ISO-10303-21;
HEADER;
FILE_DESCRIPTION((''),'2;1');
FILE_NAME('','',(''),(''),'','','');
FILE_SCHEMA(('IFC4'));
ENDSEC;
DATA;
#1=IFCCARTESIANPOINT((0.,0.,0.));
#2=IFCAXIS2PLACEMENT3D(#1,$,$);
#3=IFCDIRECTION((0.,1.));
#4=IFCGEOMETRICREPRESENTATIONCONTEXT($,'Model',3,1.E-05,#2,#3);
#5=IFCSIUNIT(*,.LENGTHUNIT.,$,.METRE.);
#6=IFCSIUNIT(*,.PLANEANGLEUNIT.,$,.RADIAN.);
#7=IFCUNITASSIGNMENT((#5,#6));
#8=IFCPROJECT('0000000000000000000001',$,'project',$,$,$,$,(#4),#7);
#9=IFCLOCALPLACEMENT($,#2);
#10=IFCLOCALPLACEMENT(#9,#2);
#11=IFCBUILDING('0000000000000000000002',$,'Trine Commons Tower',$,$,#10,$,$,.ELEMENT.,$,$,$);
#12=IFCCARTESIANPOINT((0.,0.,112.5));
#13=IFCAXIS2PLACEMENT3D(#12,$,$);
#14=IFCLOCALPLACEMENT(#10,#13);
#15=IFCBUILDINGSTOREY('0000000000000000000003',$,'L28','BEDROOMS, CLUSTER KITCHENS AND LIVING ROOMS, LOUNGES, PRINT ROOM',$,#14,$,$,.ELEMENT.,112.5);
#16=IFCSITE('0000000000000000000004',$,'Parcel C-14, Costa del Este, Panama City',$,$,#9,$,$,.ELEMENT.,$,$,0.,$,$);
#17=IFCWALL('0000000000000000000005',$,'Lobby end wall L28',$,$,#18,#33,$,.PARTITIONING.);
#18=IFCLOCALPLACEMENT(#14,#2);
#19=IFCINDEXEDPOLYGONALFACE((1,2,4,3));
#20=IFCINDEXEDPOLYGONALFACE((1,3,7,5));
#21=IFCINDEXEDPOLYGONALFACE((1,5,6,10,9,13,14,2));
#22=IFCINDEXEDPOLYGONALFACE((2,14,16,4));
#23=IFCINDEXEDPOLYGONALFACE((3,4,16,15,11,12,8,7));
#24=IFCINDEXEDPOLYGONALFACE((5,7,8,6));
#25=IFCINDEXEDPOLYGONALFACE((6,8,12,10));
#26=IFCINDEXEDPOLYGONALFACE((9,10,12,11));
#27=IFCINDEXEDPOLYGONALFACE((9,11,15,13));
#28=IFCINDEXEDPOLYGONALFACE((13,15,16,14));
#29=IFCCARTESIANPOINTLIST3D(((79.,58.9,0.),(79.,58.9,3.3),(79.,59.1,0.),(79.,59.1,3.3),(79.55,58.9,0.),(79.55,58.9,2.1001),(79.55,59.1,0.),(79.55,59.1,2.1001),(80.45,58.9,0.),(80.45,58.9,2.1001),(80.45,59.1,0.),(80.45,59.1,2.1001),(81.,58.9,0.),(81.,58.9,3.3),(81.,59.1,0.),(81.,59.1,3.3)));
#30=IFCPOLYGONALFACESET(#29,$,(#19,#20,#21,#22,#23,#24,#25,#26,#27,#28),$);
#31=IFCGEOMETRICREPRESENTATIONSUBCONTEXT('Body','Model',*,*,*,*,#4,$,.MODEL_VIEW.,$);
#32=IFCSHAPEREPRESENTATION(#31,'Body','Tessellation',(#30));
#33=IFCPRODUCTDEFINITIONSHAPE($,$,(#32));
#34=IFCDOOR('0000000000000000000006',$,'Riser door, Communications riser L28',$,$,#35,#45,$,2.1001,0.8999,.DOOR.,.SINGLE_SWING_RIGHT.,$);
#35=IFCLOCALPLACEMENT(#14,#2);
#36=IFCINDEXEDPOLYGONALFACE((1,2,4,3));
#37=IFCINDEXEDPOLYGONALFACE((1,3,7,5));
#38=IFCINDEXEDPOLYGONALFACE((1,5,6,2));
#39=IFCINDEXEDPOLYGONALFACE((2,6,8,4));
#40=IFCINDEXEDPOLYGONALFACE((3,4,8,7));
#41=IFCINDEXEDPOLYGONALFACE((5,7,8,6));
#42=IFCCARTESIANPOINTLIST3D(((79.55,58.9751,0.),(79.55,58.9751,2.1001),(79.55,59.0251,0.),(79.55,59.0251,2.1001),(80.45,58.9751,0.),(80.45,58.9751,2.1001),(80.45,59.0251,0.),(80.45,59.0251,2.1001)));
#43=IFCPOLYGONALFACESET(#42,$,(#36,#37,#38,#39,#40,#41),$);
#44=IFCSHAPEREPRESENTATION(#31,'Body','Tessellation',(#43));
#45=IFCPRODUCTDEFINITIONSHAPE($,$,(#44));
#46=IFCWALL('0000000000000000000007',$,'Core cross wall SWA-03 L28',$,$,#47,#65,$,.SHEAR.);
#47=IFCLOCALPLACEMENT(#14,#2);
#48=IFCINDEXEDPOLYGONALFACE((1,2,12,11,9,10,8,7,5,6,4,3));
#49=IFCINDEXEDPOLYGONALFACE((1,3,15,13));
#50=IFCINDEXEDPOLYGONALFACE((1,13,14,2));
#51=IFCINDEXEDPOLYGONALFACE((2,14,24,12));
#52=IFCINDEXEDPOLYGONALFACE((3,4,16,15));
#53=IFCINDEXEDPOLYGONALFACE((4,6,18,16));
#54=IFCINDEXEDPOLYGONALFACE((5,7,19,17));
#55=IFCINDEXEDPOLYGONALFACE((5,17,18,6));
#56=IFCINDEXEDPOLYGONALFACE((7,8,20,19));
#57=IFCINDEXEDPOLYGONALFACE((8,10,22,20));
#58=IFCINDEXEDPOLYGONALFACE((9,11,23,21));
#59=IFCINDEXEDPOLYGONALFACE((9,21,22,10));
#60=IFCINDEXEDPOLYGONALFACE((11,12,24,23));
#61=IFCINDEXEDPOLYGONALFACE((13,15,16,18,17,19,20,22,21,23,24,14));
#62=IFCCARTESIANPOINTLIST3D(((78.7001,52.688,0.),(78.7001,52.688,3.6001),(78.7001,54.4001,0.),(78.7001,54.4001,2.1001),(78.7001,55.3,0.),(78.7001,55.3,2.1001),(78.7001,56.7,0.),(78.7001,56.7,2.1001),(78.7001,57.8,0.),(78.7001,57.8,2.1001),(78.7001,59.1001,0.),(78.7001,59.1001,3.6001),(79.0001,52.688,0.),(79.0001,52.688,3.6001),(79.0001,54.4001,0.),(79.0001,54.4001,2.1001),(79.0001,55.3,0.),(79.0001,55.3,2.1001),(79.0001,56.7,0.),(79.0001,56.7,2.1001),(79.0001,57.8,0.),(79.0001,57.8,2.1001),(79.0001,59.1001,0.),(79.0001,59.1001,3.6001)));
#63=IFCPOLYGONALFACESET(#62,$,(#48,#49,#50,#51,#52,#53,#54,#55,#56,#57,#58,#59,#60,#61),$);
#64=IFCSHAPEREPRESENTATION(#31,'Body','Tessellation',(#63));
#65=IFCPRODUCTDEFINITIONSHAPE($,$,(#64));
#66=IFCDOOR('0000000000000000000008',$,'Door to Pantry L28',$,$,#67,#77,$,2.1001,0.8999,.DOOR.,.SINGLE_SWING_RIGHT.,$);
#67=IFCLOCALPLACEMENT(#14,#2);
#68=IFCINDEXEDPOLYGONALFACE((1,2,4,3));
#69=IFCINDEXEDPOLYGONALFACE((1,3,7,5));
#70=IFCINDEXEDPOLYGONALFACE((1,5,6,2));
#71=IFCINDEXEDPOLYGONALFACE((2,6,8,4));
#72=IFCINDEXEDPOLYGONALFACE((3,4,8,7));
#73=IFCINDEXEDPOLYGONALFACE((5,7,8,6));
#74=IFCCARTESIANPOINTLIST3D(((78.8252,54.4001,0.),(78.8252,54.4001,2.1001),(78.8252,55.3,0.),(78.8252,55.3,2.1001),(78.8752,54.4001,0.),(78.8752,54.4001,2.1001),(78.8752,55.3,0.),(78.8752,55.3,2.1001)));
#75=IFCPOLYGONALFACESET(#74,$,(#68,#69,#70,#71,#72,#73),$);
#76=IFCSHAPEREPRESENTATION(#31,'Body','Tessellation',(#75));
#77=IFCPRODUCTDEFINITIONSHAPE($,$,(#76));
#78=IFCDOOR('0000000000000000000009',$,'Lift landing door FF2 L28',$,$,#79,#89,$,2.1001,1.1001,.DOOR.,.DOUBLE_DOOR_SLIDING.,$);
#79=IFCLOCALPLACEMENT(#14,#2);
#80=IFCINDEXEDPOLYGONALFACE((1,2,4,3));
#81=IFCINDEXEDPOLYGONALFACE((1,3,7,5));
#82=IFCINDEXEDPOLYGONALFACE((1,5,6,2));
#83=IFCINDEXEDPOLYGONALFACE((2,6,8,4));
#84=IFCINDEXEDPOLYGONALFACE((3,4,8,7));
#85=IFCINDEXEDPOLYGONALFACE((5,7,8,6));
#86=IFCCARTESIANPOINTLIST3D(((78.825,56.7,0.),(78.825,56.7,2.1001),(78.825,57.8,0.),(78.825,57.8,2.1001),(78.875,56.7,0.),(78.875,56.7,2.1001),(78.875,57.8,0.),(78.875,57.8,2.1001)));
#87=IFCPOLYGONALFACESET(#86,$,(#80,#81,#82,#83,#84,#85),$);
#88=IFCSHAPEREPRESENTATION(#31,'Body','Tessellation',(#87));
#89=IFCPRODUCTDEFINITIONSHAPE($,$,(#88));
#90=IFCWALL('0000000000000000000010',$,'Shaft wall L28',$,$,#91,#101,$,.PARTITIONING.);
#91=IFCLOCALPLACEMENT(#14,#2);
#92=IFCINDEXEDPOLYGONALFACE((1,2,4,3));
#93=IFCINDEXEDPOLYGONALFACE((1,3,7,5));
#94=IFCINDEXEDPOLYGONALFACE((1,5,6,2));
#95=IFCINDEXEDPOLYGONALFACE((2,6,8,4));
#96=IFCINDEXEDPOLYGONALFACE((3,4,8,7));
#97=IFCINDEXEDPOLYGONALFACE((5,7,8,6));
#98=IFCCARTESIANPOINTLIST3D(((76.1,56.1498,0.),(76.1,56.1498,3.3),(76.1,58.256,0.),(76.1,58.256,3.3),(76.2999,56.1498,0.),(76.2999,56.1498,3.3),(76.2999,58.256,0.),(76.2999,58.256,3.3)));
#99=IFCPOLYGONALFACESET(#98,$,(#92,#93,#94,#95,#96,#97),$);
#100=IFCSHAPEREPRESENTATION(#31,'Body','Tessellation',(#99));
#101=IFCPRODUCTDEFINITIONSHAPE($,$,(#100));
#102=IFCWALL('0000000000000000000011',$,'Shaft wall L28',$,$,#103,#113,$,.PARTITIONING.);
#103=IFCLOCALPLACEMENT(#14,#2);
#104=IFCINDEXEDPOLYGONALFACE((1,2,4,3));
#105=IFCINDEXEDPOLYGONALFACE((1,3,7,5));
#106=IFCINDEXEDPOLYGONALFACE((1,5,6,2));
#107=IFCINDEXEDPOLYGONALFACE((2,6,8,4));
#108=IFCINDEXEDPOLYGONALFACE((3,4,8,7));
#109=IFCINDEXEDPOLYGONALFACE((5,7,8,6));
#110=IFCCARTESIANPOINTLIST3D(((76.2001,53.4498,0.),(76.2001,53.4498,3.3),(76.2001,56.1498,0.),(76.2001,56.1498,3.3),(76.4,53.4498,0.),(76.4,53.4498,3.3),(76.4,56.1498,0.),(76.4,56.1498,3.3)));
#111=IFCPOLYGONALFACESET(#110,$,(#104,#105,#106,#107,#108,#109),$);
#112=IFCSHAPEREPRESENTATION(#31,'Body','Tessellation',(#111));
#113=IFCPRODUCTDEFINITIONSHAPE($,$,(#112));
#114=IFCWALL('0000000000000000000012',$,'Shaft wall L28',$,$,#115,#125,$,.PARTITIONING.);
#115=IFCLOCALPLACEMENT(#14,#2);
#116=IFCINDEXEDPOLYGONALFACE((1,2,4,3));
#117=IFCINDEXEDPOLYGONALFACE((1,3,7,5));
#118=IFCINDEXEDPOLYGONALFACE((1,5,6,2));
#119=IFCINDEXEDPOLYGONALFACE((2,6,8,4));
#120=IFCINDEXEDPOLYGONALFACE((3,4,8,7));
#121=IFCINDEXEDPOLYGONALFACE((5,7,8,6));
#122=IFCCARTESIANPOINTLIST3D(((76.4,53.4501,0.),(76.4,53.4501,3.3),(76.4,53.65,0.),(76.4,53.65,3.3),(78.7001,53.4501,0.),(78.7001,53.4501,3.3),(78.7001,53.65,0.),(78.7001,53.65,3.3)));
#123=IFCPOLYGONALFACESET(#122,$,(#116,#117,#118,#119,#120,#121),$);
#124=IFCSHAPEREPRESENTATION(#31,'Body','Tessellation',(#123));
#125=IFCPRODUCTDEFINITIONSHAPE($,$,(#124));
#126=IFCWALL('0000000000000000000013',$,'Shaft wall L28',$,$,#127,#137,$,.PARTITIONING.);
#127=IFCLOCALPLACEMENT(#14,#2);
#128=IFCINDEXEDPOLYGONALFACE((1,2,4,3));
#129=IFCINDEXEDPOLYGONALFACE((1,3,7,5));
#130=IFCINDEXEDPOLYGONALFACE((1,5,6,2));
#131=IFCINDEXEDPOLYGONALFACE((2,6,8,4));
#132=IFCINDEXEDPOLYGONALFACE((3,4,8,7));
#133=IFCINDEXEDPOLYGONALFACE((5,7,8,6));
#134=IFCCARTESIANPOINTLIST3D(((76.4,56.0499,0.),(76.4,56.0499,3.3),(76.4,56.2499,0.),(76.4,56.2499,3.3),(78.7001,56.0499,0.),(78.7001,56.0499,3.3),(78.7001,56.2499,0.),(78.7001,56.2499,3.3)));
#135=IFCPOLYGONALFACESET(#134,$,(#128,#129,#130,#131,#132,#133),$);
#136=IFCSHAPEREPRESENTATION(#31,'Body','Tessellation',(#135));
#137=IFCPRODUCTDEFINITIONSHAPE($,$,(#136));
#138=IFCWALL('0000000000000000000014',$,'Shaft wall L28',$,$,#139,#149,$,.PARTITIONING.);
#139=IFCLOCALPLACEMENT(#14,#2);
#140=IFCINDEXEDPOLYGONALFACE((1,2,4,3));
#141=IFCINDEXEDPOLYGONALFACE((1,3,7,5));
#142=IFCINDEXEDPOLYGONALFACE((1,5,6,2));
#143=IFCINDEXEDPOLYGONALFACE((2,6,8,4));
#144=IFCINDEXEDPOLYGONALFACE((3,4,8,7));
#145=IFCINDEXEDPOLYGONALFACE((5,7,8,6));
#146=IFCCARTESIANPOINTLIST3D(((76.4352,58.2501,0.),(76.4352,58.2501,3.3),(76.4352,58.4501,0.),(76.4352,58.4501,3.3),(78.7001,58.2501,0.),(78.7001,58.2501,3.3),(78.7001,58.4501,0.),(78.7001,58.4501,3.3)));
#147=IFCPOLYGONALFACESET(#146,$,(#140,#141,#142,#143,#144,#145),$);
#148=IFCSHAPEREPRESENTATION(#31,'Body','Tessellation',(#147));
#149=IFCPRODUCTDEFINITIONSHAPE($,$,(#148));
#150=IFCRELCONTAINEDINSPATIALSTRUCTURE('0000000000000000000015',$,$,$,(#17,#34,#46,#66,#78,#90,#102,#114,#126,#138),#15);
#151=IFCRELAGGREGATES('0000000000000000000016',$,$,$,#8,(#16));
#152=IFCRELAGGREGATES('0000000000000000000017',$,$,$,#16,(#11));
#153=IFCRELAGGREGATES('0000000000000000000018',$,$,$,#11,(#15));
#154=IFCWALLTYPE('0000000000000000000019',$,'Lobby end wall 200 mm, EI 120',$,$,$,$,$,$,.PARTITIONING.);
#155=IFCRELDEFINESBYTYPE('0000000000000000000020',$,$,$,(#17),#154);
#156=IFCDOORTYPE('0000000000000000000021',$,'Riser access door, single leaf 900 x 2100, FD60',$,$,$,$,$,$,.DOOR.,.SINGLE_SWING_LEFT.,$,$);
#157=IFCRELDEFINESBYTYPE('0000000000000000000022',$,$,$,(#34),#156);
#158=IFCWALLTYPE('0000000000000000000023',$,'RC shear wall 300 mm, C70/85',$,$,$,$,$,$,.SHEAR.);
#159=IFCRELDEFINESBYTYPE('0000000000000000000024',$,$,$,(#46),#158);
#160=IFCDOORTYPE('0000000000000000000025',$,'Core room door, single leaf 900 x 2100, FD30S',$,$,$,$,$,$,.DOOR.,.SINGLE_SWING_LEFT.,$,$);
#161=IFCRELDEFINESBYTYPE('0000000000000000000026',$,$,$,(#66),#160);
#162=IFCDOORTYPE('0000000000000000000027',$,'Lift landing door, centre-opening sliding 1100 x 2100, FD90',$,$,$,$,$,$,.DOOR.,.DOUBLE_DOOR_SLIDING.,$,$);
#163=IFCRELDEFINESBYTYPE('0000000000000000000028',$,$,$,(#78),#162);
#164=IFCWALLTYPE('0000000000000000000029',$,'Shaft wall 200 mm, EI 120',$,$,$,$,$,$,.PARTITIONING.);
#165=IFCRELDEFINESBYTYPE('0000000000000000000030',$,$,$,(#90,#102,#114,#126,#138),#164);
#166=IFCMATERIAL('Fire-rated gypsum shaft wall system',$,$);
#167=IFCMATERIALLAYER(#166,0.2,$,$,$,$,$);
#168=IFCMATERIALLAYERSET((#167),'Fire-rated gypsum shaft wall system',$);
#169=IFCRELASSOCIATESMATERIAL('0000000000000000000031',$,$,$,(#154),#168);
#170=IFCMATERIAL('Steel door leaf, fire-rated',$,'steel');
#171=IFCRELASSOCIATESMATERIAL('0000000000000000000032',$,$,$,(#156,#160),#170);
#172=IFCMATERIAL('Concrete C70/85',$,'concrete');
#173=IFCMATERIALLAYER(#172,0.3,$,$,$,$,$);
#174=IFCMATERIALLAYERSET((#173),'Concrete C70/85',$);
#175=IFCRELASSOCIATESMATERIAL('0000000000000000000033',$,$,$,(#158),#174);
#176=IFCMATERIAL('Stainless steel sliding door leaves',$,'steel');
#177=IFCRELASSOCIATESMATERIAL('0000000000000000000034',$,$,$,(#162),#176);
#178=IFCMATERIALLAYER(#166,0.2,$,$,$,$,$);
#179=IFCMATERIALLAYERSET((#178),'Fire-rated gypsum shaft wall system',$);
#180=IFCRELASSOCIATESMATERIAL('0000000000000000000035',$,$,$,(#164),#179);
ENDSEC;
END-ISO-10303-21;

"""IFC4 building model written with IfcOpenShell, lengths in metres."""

from ifc_helpers import new_model, si_unit, direction, frame, frame_2d, origin, place, context, subcontext, project, spatial, rectangle, extrude, material, layer, layer_set, type_object, element, fill, save


model = new_model("IFC4")

# Units and contexts
model_context = context("Model", 3, precision=1e-05, world=origin(), true_north=direction((0.0, 1.0)))
body_context = subcontext(model_context, "Body", "Model", "MODEL_VIEW")
ifc_project = project(units=[si_unit("LENGTHUNIT", "METRE"), si_unit("PLANEANGLEUNIT", "RADIAN")], contexts=[model_context])

# Site, building, storey
site_placement = place(None, origin())
site = spatial("IfcSite", under=ifc_project, at=site_placement, Name="Parcel C-14, Costa del Este, Panama City", CompositionType="ELEMENT", RefElevation=0.0)
building_placement = place(site_placement, origin())
building = spatial("IfcBuilding", under=site, at=building_placement, Name="Trine Commons Tower", CompositionType="ELEMENT")
storey_placement = place(building_placement, frame((0.0, 0.0, 112.5)))
storey = spatial("IfcBuildingStorey", under=building, at=storey_placement, Name="L28", Description="BEDROOMS, CLUSTER KITCHENS AND LIVING ROOMS, LOUNGES, PRINT ROOM", CompositionType="ELEMENT", Elevation=112.5)

# Wall, opening, door
ifc_material_1 = material(Name="Fire-rated gypsum shaft wall system")
ifc_layer_1 = layer(ifc_material_1, 0.2)
ifc_layer_set_1 = layer_set([ifc_layer_1], Name="Fire-rated gypsum shaft wall system")
wall_type_1 = type_object("IfcWallType", Name="Lobby end wall 200 mm, EI 120", PredefinedType="PARTITIONING", material=ifc_layer_set_1)
wall_1_placement = place(storey_placement, frame((79.0, 59.0, 0.0), z_axis=(0.0, 0.0, 1.0), x_axis=(1.0, 0.0, 0.0)))
wall_1 = element("IfcWall", 1, at=wall_1_placement, inside=storey, type_object=wall_type_1, Name="Lobby end wall L28", PredefinedType="PARTITIONING", context=body_context, shape_type="SweptSolid", body=[
    extrude(rectangle(XDim=2.0, YDim=0.2, at=frame_2d((1.0, 0.0))), origin(), (0.0, 0.0, 1.0), 3.3),
])
opening_1_placement = place(wall_1_placement, frame((0.55, 0.0, 0.0)))
opening_1 = element("IfcOpeningElement", 2, at=opening_1_placement, cuts=wall_1, PredefinedType="OPENING", context=body_context, shape_type="SweptSolid", body=[
    extrude(rectangle(XDim=0.8999, YDim=2.1001, at=frame_2d((0.45, 1.05))), frame((0.0, 0.1099, 0.0), z_axis=(0.0, -1.0, 0.0), x_axis=(1.0, 0.0, 0.0)), (0.0, 0.0, 1.0), 0.22),
])
ifc_material_2 = material(Name="Steel door leaf, fire-rated", Category="steel")
door_type_1 = type_object("IfcDoorType", Name="Riser access door, single leaf 900 x 2100, FD60", OperationType="SINGLE_SWING_LEFT", PredefinedType="DOOR", material=ifc_material_2)
door_1_placement = place(opening_1_placement, frame((0.8999, 0.0, 0.0), z_axis=(0.0, 0.0, 1.0), x_axis=(-1.0, 0.0, 0.0)))
door_1 = element("IfcDoor", 3, at=door_1_placement, inside=storey, type_object=door_type_1, Name="Riser door, Communications riser L28", OperationType="SINGLE_SWING_RIGHT", OverallHeight=2.1001, OverallWidth=0.8999, PredefinedType="DOOR", context=body_context, shape_type="SweptSolid", body=[
    extrude(rectangle(XDim=0.8999, YDim=2.1001, at=frame_2d((0.45, 1.05))), frame((0.0, 0.0249, 0.0), z_axis=(0.0, -1.0, 0.0), x_axis=(1.0, 0.0, 0.0)), (0.0, 0.0, 1.0), 0.05),
])
fill(opening_1, door_1)

# Wall, openings, doors
ifc_material_3 = material(Name="Concrete C70/85", Category="concrete")
ifc_layer_2 = layer(ifc_material_3, 0.3)
ifc_layer_set_2 = layer_set([ifc_layer_2], Name="Concrete C70/85")
wall_type_2 = type_object("IfcWallType", Name="RC shear wall 300 mm, C70/85", PredefinedType="SHEAR", material=ifc_layer_set_2)
wall_2_placement = place(storey_placement, frame((78.8501, 59.1001, 0.0), z_axis=(0.0, 0.0, 1.0), x_axis=(0.0, -1.0, 0.0)))
wall_2 = element("IfcWall", 4, at=wall_2_placement, inside=storey, type_object=wall_type_2, Name="Core cross wall SWA-03 L28", PredefinedType="SHEAR", context=body_context, shape_type="SweptSolid", body=[
    extrude(rectangle(XDim=6.4121, YDim=0.3, at=frame_2d((3.2061, 0.0))), origin(), (0.0, 0.0, 1.0), 3.6001),
])
opening_2_placement = place(wall_2_placement, frame((3.8, 0.0, 0.0)))
opening_2 = element("IfcOpeningElement", 5, at=opening_2_placement, cuts=wall_2, PredefinedType="OPENING", context=body_context, shape_type="SweptSolid", body=[
    extrude(rectangle(XDim=0.8999, YDim=2.1001, at=frame_2d((0.45, 1.05))), frame((0.0, 0.1599, 0.0), z_axis=(0.0, -1.0, 0.0), x_axis=(1.0, 0.0, 0.0)), (0.0, 0.0, 1.0), 0.3201),
])
opening_3_placement = place(wall_2_placement, frame((1.3, 0.0, 0.0)))
opening_3 = element("IfcOpeningElement", 6, at=opening_3_placement, cuts=wall_2, PredefinedType="OPENING", context=body_context, shape_type="SweptSolid", body=[
    extrude(rectangle(XDim=1.1001, YDim=2.1001, at=frame_2d((0.55, 1.05))), frame((0.0, 0.1599, 0.0), z_axis=(0.0, -1.0, 0.0), x_axis=(1.0, 0.0, 0.0)), (0.0, 0.0, 1.0), 0.3201),
])
door_type_2 = type_object("IfcDoorType", Name="Core room door, single leaf 900 x 2100, FD30S", OperationType="SINGLE_SWING_LEFT", PredefinedType="DOOR", material=ifc_material_2)
door_2_placement = place(opening_2_placement, frame((0.8999, 0.0, 0.0), z_axis=(0.0, 0.0, 1.0), x_axis=(-1.0, 0.0, 0.0)))
door_2 = element("IfcDoor", 7, at=door_2_placement, inside=storey, type_object=door_type_2, Name="Door to Pantry L28", OperationType="SINGLE_SWING_RIGHT", OverallHeight=2.1001, OverallWidth=0.8999, PredefinedType="DOOR", context=body_context, shape_type="SweptSolid", body=[
    extrude(rectangle(XDim=0.8999, YDim=2.1001, at=frame_2d((0.45, 1.05))), frame((0.0, 0.0249, 0.0), z_axis=(0.0, -1.0, 0.0), x_axis=(1.0, 0.0, 0.0)), (0.0, 0.0, 1.0), 0.05),
])
fill(opening_2, door_2)
ifc_material_4 = material(Name="Stainless steel sliding door leaves", Category="steel")
door_type_3 = type_object("IfcDoorType", Name="Lift landing door, centre-opening sliding 1100 x 2100, FD90", OperationType="DOUBLE_DOOR_SLIDING", PredefinedType="DOOR", material=ifc_material_4)
door_3_placement = place(opening_3_placement, origin())
door_3 = element("IfcDoor", 8, at=door_3_placement, inside=storey, type_object=door_type_3, Name="Lift landing door FF2 L28", OperationType="DOUBLE_DOOR_SLIDING", OverallHeight=2.1001, OverallWidth=1.1001, PredefinedType="DOOR", context=body_context, shape_type="SweptSolid", body=[
    extrude(rectangle(XDim=1.1001, YDim=2.1001, at=frame_2d((0.55, 1.05))), frame((0.0, 0.0249, 0.0), z_axis=(0.0, -1.0, 0.0), x_axis=(1.0, 0.0, 0.0)), (0.0, 0.0, 1.0), 0.05),
])
fill(opening_3, door_3)

# Walls
ifc_layer_3 = layer(ifc_material_1, 0.2)
ifc_layer_set_3 = layer_set([ifc_layer_3], Name="Fire-rated gypsum shaft wall system")
wall_type_3 = type_object("IfcWallType", Name="Shaft wall 200 mm, EI 120", PredefinedType="PARTITIONING", material=ifc_layer_set_3)
wall_3_placement = place(storey_placement, frame((76.2, 58.2561, 0.0), z_axis=(0.0, 0.0, 1.0), x_axis=(0.0, -1.0, 0.0)))
element("IfcWall", 9, at=wall_3_placement, inside=storey, type_object=wall_type_3, Name="Shaft wall L28", PredefinedType="PARTITIONING", context=body_context, shape_type="SweptSolid", body=[
    extrude(rectangle(XDim=2.1062, YDim=0.2, at=frame_2d((1.0532, 0.0))), origin(), (0.0, 0.0, 1.0), 3.3),
])
wall_4_placement = place(storey_placement, frame((76.3, 56.1499, 0.0), z_axis=(0.0, 0.0, 1.0), x_axis=(0.0, -1.0, 0.0)))
element("IfcWall", 10, at=wall_4_placement, inside=storey, type_object=wall_type_3, Name="Shaft wall L28", PredefinedType="PARTITIONING", context=body_context, shape_type="SweptSolid", body=[
    extrude(rectangle(XDim=2.7, YDim=0.2, at=frame_2d((1.3501, 0.0))), origin(), (0.0, 0.0, 1.0), 3.3),
])
for number, where, z_axis, x_axis, name in (
    (11, (78.7, 53.55, 0.0), (0.0, 0.0, 1.0), (-1.0, 0.0, 0.0), "Shaft wall L28"),
    (12, (78.7, 56.1499, 0.0), (0.0, 0.0, 1.0), (-1.0, 0.0, 0.0), "Shaft wall L28"),
):
    element("IfcWall", number, at=place(storey_placement, frame(where, z_axis=z_axis, x_axis=x_axis)), inside=storey, type_object=wall_type_3, Name=name, PredefinedType="PARTITIONING", context=body_context, shape_type="SweptSolid", body=[
        extrude(rectangle(XDim=2.3, YDim=0.2, at=frame_2d((1.1499, 0.0))), origin(), (0.0, 0.0, 1.0), 3.3),
    ])
wall_5_placement = place(storey_placement, frame((78.7, 58.3501, 0.0), z_axis=(0.0, 0.0, 1.0), x_axis=(-1.0, 0.0, 0.0)))
element("IfcWall", 13, at=wall_5_placement, inside=storey, type_object=wall_type_3, Name="Shaft wall L28", PredefinedType="PARTITIONING", context=body_context, shape_type="SweptSolid", body=[
    extrude(rectangle(XDim=2.2649, YDim=0.2, at=frame_2d((1.1323, 0.0))), origin(), (0.0, 0.0, 1.0), 3.3),
])

save(model, "model.ifc")
